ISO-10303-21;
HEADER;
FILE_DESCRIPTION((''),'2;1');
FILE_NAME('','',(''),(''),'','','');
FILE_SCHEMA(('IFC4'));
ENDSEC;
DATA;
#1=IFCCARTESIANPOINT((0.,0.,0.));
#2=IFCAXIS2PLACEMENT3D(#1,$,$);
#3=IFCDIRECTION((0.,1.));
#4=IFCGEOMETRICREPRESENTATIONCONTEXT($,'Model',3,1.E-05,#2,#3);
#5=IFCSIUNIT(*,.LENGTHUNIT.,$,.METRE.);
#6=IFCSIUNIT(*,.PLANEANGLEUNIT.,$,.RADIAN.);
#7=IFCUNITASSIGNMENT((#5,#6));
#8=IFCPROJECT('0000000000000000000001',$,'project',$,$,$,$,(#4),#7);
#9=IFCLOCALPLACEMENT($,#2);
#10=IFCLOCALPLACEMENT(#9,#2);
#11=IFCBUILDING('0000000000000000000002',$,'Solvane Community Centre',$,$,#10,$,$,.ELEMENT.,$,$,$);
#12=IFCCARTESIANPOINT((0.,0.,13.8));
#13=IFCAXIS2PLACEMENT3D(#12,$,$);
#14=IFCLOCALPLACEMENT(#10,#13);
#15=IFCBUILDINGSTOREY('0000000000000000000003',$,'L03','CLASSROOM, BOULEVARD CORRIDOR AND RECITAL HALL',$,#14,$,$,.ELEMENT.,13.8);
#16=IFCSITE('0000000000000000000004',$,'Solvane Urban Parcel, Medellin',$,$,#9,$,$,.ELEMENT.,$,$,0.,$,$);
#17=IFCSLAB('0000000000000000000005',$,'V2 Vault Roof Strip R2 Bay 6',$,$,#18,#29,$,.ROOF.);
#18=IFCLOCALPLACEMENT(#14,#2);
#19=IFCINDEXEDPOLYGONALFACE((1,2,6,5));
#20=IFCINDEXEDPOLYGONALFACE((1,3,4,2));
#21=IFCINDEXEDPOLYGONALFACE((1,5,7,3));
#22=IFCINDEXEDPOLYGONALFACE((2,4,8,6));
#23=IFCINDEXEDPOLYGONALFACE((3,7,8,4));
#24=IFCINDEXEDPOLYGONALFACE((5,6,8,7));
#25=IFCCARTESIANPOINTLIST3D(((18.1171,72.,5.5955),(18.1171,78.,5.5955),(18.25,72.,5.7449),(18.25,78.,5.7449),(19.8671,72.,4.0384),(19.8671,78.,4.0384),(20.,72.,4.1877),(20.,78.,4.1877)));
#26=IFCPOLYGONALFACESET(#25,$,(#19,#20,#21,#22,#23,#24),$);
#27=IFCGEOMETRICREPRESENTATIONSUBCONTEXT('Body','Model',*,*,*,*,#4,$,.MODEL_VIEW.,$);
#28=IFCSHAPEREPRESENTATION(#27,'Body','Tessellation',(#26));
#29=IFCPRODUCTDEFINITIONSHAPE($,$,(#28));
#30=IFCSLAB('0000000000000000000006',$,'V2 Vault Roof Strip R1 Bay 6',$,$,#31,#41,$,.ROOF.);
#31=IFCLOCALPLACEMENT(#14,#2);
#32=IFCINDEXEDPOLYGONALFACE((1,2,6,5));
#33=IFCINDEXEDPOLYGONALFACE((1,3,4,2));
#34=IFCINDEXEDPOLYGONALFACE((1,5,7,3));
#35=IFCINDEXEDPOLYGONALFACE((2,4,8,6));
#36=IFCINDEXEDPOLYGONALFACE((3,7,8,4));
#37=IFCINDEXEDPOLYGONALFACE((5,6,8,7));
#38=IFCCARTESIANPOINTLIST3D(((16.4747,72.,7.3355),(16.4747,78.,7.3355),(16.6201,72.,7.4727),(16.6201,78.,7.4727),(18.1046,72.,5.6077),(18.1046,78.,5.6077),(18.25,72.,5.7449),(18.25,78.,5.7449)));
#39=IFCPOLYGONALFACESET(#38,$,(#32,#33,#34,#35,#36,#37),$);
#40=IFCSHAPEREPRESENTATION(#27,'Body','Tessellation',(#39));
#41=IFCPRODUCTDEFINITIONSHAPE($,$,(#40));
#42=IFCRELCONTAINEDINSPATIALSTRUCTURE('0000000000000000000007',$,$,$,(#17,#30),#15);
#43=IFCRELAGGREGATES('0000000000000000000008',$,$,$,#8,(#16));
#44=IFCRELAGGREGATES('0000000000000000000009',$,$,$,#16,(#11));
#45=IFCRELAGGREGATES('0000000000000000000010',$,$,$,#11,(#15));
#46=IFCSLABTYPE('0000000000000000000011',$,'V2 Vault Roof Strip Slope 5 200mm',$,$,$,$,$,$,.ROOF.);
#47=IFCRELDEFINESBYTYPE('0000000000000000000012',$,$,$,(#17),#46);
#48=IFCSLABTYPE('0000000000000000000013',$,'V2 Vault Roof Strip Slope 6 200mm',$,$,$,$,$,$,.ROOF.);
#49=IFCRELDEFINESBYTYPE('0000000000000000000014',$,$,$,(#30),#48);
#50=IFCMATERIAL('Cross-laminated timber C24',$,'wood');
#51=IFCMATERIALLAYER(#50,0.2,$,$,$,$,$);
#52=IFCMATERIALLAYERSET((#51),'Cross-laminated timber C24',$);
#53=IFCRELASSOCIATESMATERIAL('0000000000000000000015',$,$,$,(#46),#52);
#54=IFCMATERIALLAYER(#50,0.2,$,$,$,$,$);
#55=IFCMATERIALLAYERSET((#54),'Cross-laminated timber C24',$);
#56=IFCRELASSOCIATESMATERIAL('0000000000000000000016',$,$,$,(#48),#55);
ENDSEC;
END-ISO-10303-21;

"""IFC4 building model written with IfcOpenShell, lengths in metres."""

from ifc_helpers import new_model, si_unit, direction, frame, origin, place, context, subcontext, project, spatial, polyline, outline, extrude, material, layer, layer_set, type_object, element, save


model = new_model("IFC4")

# Units and contexts
model_context = context("Model", 3, precision=1e-05, world=origin(), true_north=direction((0.0, 1.0)))
body_context = subcontext(model_context, "Body", "Model", "MODEL_VIEW")
ifc_project = project(units=[si_unit("LENGTHUNIT", "METRE"), si_unit("PLANEANGLEUNIT", "RADIAN")], contexts=[model_context])

# Site, building, storey
site_placement = place(None, origin())
site = spatial("IfcSite", under=ifc_project, at=site_placement, Name="Solvane Urban Parcel, Medellin", CompositionType="ELEMENT", RefElevation=0.0)
building_placement = place(site_placement, origin())
building = spatial("IfcBuilding", under=site, at=building_placement, Name="Solvane Community Centre", CompositionType="ELEMENT")
storey_placement = place(building_placement, frame((0.0, 0.0, 13.8)))
storey = spatial("IfcBuildingStorey", under=building, at=storey_placement, Name="L03", Description="CLASSROOM, BOULEVARD CORRIDOR AND RECITAL HALL", CompositionType="ELEMENT", Elevation=13.8)

# Slabs
ifc_material_1 = material(Name="Cross-laminated timber C24", Category="wood")
ifc_layer_1 = layer(ifc_material_1, 0.2)
ifc_layer_set_1 = layer_set([ifc_layer_1], Name="Cross-laminated timber C24")
slab_type_1 = type_object("IfcSlabType", Name="V2 Vault Roof Strip Slope 5 200mm", PredefinedType="ROOF", material=ifc_layer_set_1)
slab_1_placement = place(storey_placement, frame((18.25, 72.0, 5.7449), z_axis=(0.664739, 0.0, 0.747076), x_axis=(0.747076, 0.0, -0.664739)))
element("IfcSlab", 1, at=slab_1_placement, inside=storey, type_object=slab_type_1, Name="V2 Vault Roof Strip R2 Bay 6", PredefinedType="ROOF", context=body_context, shape_type="SweptSolid", body=[
    extrude(outline(polyline([(0.0, 0.0), (2.3425, 0.0), (2.3425, 6.0), (0.0, 6.0), (0.0, 0.0)])), origin(), (0.0, 0.0, -1.0), 0.2),
])
ifc_layer_2 = layer(ifc_material_1, 0.2)
ifc_layer_set_2 = layer_set([ifc_layer_2], Name="Cross-laminated timber C24")
slab_type_2 = type_object("IfcSlabType", Name="V2 Vault Roof Strip Slope 6 200mm", PredefinedType="ROOF", material=ifc_layer_set_2)
slab_2_placement = place(storey_placement, frame((16.6201, 72.0, 7.4727), z_axis=(0.727415, 0.0, 0.686198), x_axis=(0.686198, 0.0, -0.727415)))
element("IfcSlab", 2, at=slab_2_placement, inside=storey, type_object=slab_type_2, Name="V2 Vault Roof Strip R1 Bay 6", PredefinedType="ROOF", context=body_context, shape_type="SweptSolid", body=[
    extrude(outline(polyline([(0.0, 0.0), (2.3752, 0.0), (2.3752, 6.0), (0.0, 6.0), (0.0, 0.0)])), origin(), (0.0, 0.0, -1.0), 0.2),
])

save(model, "model.ifc")
